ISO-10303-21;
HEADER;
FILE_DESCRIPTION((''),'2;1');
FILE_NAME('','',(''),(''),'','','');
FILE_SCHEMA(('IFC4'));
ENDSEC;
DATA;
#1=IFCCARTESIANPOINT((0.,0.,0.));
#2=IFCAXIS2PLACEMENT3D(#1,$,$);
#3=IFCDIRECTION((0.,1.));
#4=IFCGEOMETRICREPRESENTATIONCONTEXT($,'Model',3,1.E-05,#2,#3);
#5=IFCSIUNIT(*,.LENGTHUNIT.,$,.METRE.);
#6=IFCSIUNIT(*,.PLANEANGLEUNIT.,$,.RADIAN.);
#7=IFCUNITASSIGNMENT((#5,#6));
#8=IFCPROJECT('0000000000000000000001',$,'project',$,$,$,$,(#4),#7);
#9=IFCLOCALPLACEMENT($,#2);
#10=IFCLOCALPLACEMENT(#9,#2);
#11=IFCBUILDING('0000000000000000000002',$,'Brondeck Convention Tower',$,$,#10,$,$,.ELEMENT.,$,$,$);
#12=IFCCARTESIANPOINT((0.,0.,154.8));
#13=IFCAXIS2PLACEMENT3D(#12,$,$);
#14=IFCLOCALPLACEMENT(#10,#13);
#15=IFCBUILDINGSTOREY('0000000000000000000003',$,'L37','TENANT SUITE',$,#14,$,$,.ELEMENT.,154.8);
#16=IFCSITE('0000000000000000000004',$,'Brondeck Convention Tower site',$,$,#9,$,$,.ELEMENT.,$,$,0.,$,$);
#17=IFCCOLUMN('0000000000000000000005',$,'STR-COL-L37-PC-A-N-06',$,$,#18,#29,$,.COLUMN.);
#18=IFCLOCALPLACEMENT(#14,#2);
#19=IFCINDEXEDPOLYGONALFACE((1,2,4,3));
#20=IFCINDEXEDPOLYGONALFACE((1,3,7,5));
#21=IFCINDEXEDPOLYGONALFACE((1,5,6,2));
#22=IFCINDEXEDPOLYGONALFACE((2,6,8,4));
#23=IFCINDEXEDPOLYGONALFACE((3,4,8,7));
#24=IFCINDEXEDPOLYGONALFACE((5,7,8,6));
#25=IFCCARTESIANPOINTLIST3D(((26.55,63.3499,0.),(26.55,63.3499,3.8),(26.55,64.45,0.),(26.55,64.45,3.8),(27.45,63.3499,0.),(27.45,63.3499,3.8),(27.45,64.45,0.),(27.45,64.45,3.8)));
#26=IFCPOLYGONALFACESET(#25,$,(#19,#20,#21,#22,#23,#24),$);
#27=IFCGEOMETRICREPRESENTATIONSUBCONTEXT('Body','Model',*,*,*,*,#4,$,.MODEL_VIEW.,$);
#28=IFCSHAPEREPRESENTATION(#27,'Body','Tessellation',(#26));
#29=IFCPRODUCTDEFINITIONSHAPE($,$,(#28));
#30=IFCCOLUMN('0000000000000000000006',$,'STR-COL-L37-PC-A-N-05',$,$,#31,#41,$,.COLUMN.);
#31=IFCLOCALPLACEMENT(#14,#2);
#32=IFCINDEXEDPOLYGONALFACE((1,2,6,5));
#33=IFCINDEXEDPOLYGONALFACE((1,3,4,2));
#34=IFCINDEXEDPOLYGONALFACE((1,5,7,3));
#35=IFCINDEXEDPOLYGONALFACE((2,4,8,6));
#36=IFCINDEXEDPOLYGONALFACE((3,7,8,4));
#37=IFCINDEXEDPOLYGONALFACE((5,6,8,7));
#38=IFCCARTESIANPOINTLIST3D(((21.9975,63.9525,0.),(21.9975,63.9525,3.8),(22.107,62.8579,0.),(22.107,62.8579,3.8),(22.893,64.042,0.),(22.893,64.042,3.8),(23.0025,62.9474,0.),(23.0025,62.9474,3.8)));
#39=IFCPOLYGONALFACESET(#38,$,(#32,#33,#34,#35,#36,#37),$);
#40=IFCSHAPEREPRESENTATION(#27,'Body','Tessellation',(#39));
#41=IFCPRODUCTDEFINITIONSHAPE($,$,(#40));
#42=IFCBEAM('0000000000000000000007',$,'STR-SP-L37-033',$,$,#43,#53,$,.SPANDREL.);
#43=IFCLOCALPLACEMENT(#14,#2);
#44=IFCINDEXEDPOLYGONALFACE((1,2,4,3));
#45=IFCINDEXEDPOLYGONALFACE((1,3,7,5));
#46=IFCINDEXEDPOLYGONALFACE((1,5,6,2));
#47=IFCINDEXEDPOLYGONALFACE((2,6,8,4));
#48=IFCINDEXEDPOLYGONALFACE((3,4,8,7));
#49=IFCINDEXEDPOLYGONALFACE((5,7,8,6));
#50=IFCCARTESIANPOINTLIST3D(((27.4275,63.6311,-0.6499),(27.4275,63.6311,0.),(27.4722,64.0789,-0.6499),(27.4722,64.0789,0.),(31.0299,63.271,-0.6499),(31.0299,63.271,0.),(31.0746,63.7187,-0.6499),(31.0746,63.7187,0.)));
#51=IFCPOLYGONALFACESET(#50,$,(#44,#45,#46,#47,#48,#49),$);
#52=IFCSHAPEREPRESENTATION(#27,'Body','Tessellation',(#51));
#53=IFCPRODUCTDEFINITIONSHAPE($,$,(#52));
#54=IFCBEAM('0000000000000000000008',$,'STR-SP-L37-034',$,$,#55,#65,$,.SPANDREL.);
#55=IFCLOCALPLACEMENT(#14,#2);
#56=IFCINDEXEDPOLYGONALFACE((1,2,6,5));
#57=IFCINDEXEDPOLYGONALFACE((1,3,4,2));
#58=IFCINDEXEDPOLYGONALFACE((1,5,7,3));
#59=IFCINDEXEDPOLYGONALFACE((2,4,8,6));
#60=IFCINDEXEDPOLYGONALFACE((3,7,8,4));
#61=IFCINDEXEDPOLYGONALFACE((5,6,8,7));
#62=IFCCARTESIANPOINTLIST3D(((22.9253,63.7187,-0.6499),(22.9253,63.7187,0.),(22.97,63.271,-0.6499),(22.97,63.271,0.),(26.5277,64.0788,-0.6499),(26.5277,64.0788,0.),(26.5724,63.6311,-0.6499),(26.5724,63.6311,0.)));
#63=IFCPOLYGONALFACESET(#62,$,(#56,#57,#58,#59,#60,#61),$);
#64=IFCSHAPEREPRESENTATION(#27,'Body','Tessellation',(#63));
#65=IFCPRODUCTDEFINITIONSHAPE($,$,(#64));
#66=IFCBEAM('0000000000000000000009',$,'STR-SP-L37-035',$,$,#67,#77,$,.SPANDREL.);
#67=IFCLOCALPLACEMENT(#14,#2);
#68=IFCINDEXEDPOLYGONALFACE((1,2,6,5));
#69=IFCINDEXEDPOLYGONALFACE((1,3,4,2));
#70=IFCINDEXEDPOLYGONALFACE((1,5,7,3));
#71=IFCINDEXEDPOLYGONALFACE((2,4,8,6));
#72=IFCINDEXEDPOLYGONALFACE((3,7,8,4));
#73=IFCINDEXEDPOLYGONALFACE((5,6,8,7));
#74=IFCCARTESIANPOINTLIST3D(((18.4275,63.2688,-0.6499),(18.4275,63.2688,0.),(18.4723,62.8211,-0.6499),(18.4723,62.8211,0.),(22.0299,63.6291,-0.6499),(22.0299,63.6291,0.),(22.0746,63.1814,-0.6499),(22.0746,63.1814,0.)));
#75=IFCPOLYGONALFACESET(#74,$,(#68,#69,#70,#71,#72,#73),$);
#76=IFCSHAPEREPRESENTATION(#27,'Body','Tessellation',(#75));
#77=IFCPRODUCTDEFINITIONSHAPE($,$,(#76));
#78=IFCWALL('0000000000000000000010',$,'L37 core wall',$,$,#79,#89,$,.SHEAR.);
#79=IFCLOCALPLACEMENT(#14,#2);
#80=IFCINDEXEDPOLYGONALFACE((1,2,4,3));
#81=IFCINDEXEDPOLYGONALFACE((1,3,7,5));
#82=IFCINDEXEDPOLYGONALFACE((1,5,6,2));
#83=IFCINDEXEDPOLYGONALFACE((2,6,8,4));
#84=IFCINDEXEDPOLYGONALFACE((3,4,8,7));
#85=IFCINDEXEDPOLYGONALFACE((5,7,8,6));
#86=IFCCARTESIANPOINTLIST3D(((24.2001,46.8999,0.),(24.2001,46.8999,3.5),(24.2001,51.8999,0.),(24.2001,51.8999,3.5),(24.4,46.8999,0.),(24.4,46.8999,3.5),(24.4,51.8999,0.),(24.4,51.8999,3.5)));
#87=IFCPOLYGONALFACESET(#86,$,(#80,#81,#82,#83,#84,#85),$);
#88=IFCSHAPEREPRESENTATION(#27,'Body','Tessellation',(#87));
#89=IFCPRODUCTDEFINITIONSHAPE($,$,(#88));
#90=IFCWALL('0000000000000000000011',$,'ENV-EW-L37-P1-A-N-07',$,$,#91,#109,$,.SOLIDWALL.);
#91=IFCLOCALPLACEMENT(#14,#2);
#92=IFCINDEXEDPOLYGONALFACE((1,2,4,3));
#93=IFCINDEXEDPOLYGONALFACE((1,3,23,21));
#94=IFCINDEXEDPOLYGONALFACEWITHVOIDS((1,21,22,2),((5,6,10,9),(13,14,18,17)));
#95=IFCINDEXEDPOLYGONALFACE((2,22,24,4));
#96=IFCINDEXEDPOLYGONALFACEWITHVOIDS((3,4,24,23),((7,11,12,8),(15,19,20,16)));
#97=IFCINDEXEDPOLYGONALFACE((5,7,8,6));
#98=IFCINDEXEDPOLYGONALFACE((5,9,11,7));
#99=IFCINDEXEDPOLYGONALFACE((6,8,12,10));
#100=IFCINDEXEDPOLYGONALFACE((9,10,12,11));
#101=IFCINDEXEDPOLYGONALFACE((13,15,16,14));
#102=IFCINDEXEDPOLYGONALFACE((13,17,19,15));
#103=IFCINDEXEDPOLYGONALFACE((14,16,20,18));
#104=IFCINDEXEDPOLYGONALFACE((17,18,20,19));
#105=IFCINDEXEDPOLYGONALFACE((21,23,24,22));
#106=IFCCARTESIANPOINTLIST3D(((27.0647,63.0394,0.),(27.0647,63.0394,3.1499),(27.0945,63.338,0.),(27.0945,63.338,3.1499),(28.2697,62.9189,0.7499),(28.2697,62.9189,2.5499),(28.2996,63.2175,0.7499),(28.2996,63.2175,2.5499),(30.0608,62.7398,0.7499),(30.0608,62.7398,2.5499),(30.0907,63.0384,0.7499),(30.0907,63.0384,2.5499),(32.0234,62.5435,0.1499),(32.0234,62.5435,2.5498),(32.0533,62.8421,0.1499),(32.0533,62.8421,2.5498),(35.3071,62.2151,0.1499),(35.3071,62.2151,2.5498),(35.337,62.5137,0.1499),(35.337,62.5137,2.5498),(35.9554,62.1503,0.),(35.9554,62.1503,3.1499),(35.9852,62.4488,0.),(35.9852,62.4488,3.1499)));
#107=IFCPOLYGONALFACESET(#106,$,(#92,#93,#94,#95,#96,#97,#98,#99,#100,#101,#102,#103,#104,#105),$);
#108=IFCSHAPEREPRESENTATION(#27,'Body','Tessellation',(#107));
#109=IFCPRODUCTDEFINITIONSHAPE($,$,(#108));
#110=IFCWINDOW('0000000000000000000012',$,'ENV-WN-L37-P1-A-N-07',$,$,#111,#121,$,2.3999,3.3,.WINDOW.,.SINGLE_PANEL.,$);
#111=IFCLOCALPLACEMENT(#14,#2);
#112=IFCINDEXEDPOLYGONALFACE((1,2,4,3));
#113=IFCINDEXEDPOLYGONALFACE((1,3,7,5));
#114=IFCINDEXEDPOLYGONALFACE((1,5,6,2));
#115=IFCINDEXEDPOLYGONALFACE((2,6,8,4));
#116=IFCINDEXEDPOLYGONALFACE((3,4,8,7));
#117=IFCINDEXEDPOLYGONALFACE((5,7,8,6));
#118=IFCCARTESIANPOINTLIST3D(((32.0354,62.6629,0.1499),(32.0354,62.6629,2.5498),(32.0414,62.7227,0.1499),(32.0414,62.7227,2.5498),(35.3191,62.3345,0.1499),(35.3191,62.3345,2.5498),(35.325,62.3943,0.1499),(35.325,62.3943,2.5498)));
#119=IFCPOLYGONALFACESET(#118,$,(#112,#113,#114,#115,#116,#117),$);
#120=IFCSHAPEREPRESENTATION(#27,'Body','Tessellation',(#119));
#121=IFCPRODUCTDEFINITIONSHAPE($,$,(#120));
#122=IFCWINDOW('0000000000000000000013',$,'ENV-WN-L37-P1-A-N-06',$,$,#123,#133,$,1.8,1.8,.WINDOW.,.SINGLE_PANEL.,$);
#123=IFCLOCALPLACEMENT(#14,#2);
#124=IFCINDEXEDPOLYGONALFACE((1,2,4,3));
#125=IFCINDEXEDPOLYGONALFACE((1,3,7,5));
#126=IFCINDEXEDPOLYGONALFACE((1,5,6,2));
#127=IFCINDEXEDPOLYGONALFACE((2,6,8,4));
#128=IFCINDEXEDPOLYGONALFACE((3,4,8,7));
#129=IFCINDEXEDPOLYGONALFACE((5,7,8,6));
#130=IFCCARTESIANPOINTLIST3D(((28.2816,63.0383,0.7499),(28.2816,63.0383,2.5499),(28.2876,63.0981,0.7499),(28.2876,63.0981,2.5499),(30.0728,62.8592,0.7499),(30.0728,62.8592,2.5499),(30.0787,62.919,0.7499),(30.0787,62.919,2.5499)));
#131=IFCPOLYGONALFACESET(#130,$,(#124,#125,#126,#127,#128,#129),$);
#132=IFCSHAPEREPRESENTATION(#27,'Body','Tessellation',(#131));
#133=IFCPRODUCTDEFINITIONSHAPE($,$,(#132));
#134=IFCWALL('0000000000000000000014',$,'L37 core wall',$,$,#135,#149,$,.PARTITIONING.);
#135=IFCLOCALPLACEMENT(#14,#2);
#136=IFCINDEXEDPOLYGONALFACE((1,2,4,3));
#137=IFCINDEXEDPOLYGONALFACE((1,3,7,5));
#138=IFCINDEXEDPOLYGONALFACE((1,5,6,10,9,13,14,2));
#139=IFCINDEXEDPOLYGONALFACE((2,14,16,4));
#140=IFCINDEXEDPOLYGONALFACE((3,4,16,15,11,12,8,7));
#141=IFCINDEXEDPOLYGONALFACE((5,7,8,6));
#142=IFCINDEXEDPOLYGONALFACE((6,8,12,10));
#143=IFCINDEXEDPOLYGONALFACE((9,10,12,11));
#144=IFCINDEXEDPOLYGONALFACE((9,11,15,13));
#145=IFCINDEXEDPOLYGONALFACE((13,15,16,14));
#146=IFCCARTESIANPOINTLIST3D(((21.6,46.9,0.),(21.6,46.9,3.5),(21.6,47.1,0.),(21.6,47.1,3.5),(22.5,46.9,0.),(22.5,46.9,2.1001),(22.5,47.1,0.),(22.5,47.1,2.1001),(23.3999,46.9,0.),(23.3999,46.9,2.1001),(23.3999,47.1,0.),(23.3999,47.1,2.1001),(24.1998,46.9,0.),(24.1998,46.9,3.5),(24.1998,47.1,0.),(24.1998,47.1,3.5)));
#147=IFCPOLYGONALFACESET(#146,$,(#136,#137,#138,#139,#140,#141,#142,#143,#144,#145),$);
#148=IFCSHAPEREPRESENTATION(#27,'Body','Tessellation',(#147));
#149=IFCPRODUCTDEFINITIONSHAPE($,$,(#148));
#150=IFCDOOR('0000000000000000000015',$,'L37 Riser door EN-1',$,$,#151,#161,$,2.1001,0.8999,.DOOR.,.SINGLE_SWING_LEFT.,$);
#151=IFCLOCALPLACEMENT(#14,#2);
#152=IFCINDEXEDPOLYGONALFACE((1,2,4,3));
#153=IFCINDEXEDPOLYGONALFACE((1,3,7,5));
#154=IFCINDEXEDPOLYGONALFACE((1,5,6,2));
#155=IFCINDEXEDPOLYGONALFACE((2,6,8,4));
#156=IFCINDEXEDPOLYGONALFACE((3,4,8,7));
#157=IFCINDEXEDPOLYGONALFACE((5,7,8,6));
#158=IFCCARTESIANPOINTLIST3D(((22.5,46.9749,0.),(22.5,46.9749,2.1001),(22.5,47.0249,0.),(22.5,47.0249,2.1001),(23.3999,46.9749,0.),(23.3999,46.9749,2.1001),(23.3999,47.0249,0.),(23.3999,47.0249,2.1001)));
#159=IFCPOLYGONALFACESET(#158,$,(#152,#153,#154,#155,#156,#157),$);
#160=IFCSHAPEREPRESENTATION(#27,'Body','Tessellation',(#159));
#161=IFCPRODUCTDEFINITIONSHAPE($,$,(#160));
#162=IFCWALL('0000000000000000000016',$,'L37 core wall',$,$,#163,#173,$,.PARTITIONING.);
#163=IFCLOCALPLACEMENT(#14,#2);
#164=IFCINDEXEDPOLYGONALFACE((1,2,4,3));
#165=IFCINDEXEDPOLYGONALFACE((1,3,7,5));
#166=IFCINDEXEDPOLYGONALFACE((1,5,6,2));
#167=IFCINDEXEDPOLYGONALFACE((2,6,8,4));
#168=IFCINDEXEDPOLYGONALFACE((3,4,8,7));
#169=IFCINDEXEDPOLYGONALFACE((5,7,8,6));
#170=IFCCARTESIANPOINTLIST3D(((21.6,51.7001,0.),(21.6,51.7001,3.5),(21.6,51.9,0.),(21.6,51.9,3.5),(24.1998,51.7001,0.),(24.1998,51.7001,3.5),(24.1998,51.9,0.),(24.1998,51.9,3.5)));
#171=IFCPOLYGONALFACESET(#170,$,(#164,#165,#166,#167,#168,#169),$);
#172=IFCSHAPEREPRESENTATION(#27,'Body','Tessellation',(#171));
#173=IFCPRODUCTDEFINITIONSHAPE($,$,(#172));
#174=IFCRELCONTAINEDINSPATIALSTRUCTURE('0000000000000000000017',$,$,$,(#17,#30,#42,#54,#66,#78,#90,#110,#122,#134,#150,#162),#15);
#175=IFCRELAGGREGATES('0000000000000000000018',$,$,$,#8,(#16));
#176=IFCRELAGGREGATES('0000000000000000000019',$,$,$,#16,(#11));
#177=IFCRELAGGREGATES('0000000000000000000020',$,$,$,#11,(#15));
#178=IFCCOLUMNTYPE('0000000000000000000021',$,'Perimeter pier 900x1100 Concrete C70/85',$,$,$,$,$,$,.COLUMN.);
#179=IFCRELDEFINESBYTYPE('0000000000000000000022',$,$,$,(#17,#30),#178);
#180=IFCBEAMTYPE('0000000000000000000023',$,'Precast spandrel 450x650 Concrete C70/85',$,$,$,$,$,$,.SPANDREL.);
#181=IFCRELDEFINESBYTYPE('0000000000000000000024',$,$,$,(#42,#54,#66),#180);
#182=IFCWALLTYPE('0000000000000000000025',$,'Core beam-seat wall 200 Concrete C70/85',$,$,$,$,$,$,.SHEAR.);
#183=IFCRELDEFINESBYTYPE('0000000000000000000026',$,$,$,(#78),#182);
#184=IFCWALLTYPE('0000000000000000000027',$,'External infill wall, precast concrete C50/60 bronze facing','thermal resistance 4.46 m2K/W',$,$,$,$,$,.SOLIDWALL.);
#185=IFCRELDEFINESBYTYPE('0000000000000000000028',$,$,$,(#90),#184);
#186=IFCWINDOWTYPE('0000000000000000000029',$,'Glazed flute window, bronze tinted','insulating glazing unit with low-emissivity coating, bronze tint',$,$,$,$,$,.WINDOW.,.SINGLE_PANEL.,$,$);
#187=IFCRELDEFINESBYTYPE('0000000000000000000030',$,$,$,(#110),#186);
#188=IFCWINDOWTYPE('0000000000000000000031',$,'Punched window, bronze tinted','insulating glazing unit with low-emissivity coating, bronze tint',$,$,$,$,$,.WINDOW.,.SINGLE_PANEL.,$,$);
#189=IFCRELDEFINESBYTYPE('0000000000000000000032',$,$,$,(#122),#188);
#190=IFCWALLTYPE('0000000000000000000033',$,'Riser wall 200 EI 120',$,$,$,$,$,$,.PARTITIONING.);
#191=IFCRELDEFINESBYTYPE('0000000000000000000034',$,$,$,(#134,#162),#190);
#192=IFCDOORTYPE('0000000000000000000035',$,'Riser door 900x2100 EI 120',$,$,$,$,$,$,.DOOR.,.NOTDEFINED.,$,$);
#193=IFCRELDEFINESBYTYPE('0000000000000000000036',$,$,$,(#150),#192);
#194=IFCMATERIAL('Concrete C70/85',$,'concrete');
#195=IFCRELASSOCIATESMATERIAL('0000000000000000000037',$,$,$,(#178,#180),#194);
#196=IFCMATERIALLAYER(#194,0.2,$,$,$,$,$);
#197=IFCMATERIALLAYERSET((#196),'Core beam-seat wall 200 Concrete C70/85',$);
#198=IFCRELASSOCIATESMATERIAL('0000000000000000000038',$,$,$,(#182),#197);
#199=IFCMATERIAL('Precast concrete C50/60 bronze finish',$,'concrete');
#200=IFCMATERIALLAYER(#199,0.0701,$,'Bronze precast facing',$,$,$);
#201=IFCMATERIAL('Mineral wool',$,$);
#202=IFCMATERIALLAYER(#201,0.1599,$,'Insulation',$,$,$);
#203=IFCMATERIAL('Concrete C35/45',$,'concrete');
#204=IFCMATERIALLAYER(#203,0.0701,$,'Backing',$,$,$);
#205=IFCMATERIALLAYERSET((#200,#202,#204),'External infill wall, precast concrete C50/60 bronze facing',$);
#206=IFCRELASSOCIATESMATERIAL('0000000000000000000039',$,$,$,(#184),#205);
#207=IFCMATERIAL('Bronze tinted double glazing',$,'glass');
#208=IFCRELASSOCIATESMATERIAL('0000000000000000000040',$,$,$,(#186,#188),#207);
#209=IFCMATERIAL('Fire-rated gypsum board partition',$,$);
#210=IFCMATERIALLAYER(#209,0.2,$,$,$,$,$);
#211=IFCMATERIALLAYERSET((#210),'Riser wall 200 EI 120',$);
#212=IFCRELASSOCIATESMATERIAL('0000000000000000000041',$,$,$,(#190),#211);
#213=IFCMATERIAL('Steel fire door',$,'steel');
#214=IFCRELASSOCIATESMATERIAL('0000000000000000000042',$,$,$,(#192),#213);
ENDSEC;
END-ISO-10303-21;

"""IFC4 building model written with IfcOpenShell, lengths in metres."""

from ifc_helpers import new_model, si_unit, direction, frame, frame_2d, origin, origin_2d, place, context, subcontext, project, spatial, rectangle, extrude, material, layer, layer_set, material_profile, profile_set, type_object, element, fill, save


model = new_model("IFC4")

# Units and contexts
model_context = context("Model", 3, precision=1e-05, world=origin(), true_north=direction((0.0, 1.0)))
body_context = subcontext(model_context, "Body", "Model", "MODEL_VIEW")
ifc_project = project(units=[si_unit("LENGTHUNIT", "METRE"), si_unit("PLANEANGLEUNIT", "RADIAN")], contexts=[model_context])

# Site, building, storey
site_placement = place(None, origin())
site = spatial("IfcSite", under=ifc_project, at=site_placement, Name="Brondeck Convention Tower site", CompositionType="ELEMENT", RefElevation=0.0)
building_placement = place(site_placement, origin())
building = spatial("IfcBuilding", under=site, at=building_placement, Name="Brondeck Convention Tower", CompositionType="ELEMENT")
storey_placement = place(building_placement, frame((0.0, 0.0, 154.8)))
storey = spatial("IfcBuildingStorey", under=building, at=storey_placement, Name="L37", Description="TENANT SUITE", CompositionType="ELEMENT", Elevation=154.8)

# Columns
ifc_material_1 = material(Name="Concrete C70/85", Category="concrete")
ifc_material_profile_1 = material_profile(ifc_material_1, rectangle(XDim=0.8999, YDim=1.1001, at=origin_2d()), Name="Perimeter pier 900x1100 Concrete C70/85")
ifc_profile_set_1 = profile_set([ifc_material_profile_1], Name="Concrete C70/85")
column_type = type_object("IfcColumnType", Name="Perimeter pier 900x1100 Concrete C70/85", PredefinedType="COLUMN", material=ifc_profile_set_1)
for number, where, z_axis, x_axis, name in (
    (1, (27.0, 63.8999, 0.0), (0.0, 0.0, 1.0), (-1.0, 0.0, 0.0), "STR-COL-L37-PC-A-N-06"),
    (2, (22.5, 63.45, 0.0), (0.0, 0.0, 1.0), (-0.995037, -0.099504, 0.0), "STR-COL-L37-PC-A-N-05"),
):
    element("IfcColumn", number, at=place(storey_placement, frame(where, z_axis=z_axis, x_axis=x_axis)), inside=storey, type_object=column_type, Name=name, PredefinedType="COLUMN", context=body_context, shape_type="SweptSolid", body=[
        extrude(rectangle(XDim=0.8999, YDim=1.1001, at=origin_2d()), origin(), (0.0, 0.0, 1.0), 3.8),
    ])

# Beams
ifc_material_profile_2 = material_profile(ifc_material_1, rectangle(XDim=0.45, YDim=0.6499, at=origin_2d()), Name="Precast spandrel 450x650 Concrete C70/85")
ifc_profile_set_2 = profile_set([ifc_material_profile_2], Name="Concrete C70/85")
beam_type = type_object("IfcBeamType", Name="Precast spandrel 450x650 Concrete C70/85", PredefinedType="SPANDREL", material=ifc_profile_set_2)
for number, where, z_axis, x_axis, name in (
    (3, (31.0522, 63.4949, -0.325), (-0.995041, 0.09947, 0.0), (-0.09947, -0.995041, 0.0), "STR-SP-L37-033"),
    (4, (26.55, 63.855, -0.325), (-0.995041, -0.09947, 0.0), (0.09947, -0.995041, 0.0), "STR-SP-L37-034"),
    (5, (22.0522, 63.4053, -0.325), (-0.995034, -0.099537, 0.0), (0.099537, -0.995034, 0.0), "STR-SP-L37-035"),
):
    element("IfcBeam", number, at=place(storey_placement, frame(where, z_axis=z_axis, x_axis=x_axis)), inside=storey, type_object=beam_type, Name=name, PredefinedType="SPANDREL", context=body_context, shape_type="SweptSolid", body=[
        extrude(rectangle(XDim=0.45, YDim=0.6499, at=origin_2d()), origin(), (0.0, 0.0, 1.0), 3.6204),
    ])

# Wall
ifc_layer_1 = layer(ifc_material_1, 0.2)
ifc_layer_set_1 = layer_set([ifc_layer_1], Name="Core beam-seat wall 200 Concrete C70/85")
wall_type_1 = type_object("IfcWallType", Name="Core beam-seat wall 200 Concrete C70/85", PredefinedType="SHEAR", material=ifc_layer_set_1)
wall_1_placement = place(storey_placement, frame((24.3, 46.8999, 0.0), z_axis=(0.0, 0.0, 1.0), x_axis=(0.0, 1.0, 0.0)))
element("IfcWall", 6, at=wall_1_placement, inside=storey, type_object=wall_type_1, Name="L37 core wall", PredefinedType="SHEAR", context=body_context, shape_type="SweptSolid", body=[
    extrude(rectangle(XDim=5.0, YDim=0.2, at=frame_2d((2.5, 0.0))), origin(), (0.0, 0.0, 1.0), 3.5),
])

# Wall, openings, windows
ifc_material_2 = material(Name="Precast concrete C50/60 bronze finish", Category="concrete")
ifc_layer_2 = layer(ifc_material_2, 0.0701, Name="Bronze precast facing")
ifc_material_3 = material(Name="Mineral wool")
ifc_layer_3 = layer(ifc_material_3, 0.1599, Name="Insulation")
ifc_material_4 = material(Name="Concrete C35/45", Category="concrete")
ifc_layer_4 = layer(ifc_material_4, 0.0701, Name="Backing")
ifc_layer_set_2 = layer_set([ifc_layer_2, ifc_layer_3, ifc_layer_4], Name="External infill wall, precast concrete C50/60 bronze facing")
wall_type_2 = type_object("IfcWallType", Name="External infill wall, precast concrete C50/60 bronze facing", Description="thermal resistance 4.46 m2K/W", PredefinedType="SOLIDWALL", material=ifc_layer_set_2)
wall_2_placement = place(storey_placement, frame((27.0796, 63.1887, 0.0), z_axis=(0.0, 0.0, 1.0), x_axis=(0.995036, -0.099515, 0.0)))
wall_2 = element("IfcWall", 7, at=wall_2_placement, inside=storey, type_object=wall_type_2, Name="ENV-EW-L37-P1-A-N-07", PredefinedType="SOLIDWALL", context=body_context, shape_type="SweptSolid", body=[
    extrude(rectangle(XDim=8.9351, YDim=0.3, at=frame_2d((4.4675, 0.0))), origin(), (0.0, 0.0, 1.0), 3.1499),
])
opening_1_placement = place(wall_2_placement, frame((1.2112, 0.0, 0.75)))
opening_1 = element("IfcOpeningElement", 8, at=opening_1_placement, cuts=wall_2, PredefinedType="OPENING", context=body_context, shape_type="SweptSolid", body=[
    extrude(rectangle(XDim=1.8, YDim=1.8, at=frame_2d((0.8999, 0.8999))), frame((0.0, 0.1599, 0.0), z_axis=(0.0, -1.0, 0.0), x_axis=(1.0, 0.0, 0.0)), (0.0, 0.0, 1.0), 0.3201),
])
opening_2_placement = place(wall_2_placement, frame((4.9836, 0.0, 0.1499)))
opening_2 = element("IfcOpeningElement", 9, at=opening_2_placement, cuts=wall_2, PredefinedType="OPENING", context=body_context, shape_type="SweptSolid", body=[
    extrude(rectangle(XDim=3.3, YDim=2.3999, at=frame_2d((1.6499, 1.2))), frame((0.0, 0.1599, 0.0), z_axis=(0.0, -1.0, 0.0), x_axis=(1.0, 0.0, 0.0)), (0.0, 0.0, 1.0), 0.3201),
])
ifc_material_5 = material(Name="Bronze tinted double glazing", Category="glass")
window_type_1 = type_object("IfcWindowType", Name="Glazed flute window, bronze tinted", Description="insulating glazing unit with low-emissivity coating, bronze tint", PartitioningType="SINGLE_PANEL", PredefinedType="WINDOW", material=ifc_material_5)
window_1_placement = place(opening_2_placement, origin())
window_1 = element("IfcWindow", 10, at=window_1_placement, inside=storey, type_object=window_type_1, Name="ENV-WN-L37-P1-A-N-07", OverallHeight=2.3999, OverallWidth=3.3, PartitioningType="SINGLE_PANEL", PredefinedType="WINDOW", context=body_context, shape_type="SweptSolid", body=[
    extrude(rectangle(XDim=3.3, YDim=2.3999, at=frame_2d((1.6499, 1.2))), frame((0.0, 0.03, 0.0), z_axis=(0.0, -1.0, 0.0), x_axis=(1.0, 0.0, 0.0)), (0.0, 0.0, 1.0), 0.0601),
])
fill(opening_2, window_1)
window_type_2 = type_object("IfcWindowType", Name="Punched window, bronze tinted", Description="insulating glazing unit with low-emissivity coating, bronze tint", PartitioningType="SINGLE_PANEL", PredefinedType="WINDOW", material=ifc_material_5)
window_2_placement = place(opening_1_placement, origin())
window_2 = element("IfcWindow", 11, at=window_2_placement, inside=storey, type_object=window_type_2, Name="ENV-WN-L37-P1-A-N-06", OverallHeight=1.8, OverallWidth=1.8, PartitioningType="SINGLE_PANEL", PredefinedType="WINDOW", context=body_context, shape_type="SweptSolid", body=[
    extrude(rectangle(XDim=1.8, YDim=1.8, at=frame_2d((0.8999, 0.8999))), frame((0.0, 0.03, 0.0), z_axis=(0.0, -1.0, 0.0), x_axis=(1.0, 0.0, 0.0)), (0.0, 0.0, 1.0), 0.0601),
])
fill(opening_1, window_2)

# Wall, opening, door
ifc_material_6 = material(Name="Fire-rated gypsum board partition")
ifc_layer_5 = layer(ifc_material_6, 0.2)
ifc_layer_set_3 = layer_set([ifc_layer_5], Name="Riser wall 200 EI 120")
wall_type_3 = type_object("IfcWallType", Name="Riser wall 200 EI 120", PredefinedType="PARTITIONING", material=ifc_layer_set_3)
wall_3_placement = place(storey_placement, frame((21.6001, 47.0, 0.0), z_axis=(0.0, 0.0, 1.0), x_axis=(1.0, 0.0, 0.0)))
wall_3 = element("IfcWall", 12, at=wall_3_placement, inside=storey, type_object=wall_type_3, Name="L37 core wall", PredefinedType="PARTITIONING", context=body_context, shape_type="SweptSolid", body=[
    extrude(rectangle(XDim=2.5999, YDim=0.2, at=frame_2d((1.2998, 0.0))), origin(), (0.0, 0.0, 1.0), 3.5),
])
opening_3_placement = place(wall_3_placement, frame((0.8999, 0.0, 0.0)))
opening_3 = element("IfcOpeningElement", 13, at=opening_3_placement, cuts=wall_3, PredefinedType="OPENING", context=body_context, shape_type="SweptSolid", body=[
    extrude(rectangle(XDim=0.8999, YDim=2.1001, at=frame_2d((0.45, 1.05))), frame((0.0, 0.1099, 0.0), z_axis=(0.0, -1.0, 0.0), x_axis=(1.0, 0.0, 0.0)), (0.0, 0.0, 1.0), 0.22),
])
ifc_material_7 = material(Name="Steel fire door", Category="steel")
door_type_1 = type_object("IfcDoorType", Name="Riser door 900x2100 EI 120", OperationType="NOTDEFINED", PredefinedType="DOOR", material=ifc_material_7)
door_1_placement = place(opening_3_placement, origin())
door_1 = element("IfcDoor", 14, at=door_1_placement, inside=storey, type_object=door_type_1, Name="L37 Riser door EN-1", OperationType="SINGLE_SWING_LEFT", OverallHeight=2.1001, OverallWidth=0.8999, PredefinedType="DOOR", context=body_context, shape_type="SweptSolid", body=[
    extrude(rectangle(XDim=0.8999, YDim=2.1001, at=frame_2d((0.45, 1.05))), frame((0.0, 0.0249, 0.0), z_axis=(0.0, -1.0, 0.0), x_axis=(1.0, 0.0, 0.0)), (0.0, 0.0, 1.0), 0.05),
])
fill(opening_3, door_1)

# Wall
wall_4_placement = place(storey_placement, frame((21.6001, 51.8, 0.0), z_axis=(0.0, 0.0, 1.0), x_axis=(1.0, 0.0, 0.0)))
element("IfcWall", 15, at=wall_4_placement, inside=storey, type_object=wall_type_3, Name="L37 core wall", PredefinedType="PARTITIONING", context=body_context, shape_type="SweptSolid", body=[
    extrude(rectangle(XDim=2.5999, YDim=0.2, at=frame_2d((1.2998, 0.0))), origin(), (0.0, 0.0, 1.0), 3.5),
])

save(model, "model.ifc")
